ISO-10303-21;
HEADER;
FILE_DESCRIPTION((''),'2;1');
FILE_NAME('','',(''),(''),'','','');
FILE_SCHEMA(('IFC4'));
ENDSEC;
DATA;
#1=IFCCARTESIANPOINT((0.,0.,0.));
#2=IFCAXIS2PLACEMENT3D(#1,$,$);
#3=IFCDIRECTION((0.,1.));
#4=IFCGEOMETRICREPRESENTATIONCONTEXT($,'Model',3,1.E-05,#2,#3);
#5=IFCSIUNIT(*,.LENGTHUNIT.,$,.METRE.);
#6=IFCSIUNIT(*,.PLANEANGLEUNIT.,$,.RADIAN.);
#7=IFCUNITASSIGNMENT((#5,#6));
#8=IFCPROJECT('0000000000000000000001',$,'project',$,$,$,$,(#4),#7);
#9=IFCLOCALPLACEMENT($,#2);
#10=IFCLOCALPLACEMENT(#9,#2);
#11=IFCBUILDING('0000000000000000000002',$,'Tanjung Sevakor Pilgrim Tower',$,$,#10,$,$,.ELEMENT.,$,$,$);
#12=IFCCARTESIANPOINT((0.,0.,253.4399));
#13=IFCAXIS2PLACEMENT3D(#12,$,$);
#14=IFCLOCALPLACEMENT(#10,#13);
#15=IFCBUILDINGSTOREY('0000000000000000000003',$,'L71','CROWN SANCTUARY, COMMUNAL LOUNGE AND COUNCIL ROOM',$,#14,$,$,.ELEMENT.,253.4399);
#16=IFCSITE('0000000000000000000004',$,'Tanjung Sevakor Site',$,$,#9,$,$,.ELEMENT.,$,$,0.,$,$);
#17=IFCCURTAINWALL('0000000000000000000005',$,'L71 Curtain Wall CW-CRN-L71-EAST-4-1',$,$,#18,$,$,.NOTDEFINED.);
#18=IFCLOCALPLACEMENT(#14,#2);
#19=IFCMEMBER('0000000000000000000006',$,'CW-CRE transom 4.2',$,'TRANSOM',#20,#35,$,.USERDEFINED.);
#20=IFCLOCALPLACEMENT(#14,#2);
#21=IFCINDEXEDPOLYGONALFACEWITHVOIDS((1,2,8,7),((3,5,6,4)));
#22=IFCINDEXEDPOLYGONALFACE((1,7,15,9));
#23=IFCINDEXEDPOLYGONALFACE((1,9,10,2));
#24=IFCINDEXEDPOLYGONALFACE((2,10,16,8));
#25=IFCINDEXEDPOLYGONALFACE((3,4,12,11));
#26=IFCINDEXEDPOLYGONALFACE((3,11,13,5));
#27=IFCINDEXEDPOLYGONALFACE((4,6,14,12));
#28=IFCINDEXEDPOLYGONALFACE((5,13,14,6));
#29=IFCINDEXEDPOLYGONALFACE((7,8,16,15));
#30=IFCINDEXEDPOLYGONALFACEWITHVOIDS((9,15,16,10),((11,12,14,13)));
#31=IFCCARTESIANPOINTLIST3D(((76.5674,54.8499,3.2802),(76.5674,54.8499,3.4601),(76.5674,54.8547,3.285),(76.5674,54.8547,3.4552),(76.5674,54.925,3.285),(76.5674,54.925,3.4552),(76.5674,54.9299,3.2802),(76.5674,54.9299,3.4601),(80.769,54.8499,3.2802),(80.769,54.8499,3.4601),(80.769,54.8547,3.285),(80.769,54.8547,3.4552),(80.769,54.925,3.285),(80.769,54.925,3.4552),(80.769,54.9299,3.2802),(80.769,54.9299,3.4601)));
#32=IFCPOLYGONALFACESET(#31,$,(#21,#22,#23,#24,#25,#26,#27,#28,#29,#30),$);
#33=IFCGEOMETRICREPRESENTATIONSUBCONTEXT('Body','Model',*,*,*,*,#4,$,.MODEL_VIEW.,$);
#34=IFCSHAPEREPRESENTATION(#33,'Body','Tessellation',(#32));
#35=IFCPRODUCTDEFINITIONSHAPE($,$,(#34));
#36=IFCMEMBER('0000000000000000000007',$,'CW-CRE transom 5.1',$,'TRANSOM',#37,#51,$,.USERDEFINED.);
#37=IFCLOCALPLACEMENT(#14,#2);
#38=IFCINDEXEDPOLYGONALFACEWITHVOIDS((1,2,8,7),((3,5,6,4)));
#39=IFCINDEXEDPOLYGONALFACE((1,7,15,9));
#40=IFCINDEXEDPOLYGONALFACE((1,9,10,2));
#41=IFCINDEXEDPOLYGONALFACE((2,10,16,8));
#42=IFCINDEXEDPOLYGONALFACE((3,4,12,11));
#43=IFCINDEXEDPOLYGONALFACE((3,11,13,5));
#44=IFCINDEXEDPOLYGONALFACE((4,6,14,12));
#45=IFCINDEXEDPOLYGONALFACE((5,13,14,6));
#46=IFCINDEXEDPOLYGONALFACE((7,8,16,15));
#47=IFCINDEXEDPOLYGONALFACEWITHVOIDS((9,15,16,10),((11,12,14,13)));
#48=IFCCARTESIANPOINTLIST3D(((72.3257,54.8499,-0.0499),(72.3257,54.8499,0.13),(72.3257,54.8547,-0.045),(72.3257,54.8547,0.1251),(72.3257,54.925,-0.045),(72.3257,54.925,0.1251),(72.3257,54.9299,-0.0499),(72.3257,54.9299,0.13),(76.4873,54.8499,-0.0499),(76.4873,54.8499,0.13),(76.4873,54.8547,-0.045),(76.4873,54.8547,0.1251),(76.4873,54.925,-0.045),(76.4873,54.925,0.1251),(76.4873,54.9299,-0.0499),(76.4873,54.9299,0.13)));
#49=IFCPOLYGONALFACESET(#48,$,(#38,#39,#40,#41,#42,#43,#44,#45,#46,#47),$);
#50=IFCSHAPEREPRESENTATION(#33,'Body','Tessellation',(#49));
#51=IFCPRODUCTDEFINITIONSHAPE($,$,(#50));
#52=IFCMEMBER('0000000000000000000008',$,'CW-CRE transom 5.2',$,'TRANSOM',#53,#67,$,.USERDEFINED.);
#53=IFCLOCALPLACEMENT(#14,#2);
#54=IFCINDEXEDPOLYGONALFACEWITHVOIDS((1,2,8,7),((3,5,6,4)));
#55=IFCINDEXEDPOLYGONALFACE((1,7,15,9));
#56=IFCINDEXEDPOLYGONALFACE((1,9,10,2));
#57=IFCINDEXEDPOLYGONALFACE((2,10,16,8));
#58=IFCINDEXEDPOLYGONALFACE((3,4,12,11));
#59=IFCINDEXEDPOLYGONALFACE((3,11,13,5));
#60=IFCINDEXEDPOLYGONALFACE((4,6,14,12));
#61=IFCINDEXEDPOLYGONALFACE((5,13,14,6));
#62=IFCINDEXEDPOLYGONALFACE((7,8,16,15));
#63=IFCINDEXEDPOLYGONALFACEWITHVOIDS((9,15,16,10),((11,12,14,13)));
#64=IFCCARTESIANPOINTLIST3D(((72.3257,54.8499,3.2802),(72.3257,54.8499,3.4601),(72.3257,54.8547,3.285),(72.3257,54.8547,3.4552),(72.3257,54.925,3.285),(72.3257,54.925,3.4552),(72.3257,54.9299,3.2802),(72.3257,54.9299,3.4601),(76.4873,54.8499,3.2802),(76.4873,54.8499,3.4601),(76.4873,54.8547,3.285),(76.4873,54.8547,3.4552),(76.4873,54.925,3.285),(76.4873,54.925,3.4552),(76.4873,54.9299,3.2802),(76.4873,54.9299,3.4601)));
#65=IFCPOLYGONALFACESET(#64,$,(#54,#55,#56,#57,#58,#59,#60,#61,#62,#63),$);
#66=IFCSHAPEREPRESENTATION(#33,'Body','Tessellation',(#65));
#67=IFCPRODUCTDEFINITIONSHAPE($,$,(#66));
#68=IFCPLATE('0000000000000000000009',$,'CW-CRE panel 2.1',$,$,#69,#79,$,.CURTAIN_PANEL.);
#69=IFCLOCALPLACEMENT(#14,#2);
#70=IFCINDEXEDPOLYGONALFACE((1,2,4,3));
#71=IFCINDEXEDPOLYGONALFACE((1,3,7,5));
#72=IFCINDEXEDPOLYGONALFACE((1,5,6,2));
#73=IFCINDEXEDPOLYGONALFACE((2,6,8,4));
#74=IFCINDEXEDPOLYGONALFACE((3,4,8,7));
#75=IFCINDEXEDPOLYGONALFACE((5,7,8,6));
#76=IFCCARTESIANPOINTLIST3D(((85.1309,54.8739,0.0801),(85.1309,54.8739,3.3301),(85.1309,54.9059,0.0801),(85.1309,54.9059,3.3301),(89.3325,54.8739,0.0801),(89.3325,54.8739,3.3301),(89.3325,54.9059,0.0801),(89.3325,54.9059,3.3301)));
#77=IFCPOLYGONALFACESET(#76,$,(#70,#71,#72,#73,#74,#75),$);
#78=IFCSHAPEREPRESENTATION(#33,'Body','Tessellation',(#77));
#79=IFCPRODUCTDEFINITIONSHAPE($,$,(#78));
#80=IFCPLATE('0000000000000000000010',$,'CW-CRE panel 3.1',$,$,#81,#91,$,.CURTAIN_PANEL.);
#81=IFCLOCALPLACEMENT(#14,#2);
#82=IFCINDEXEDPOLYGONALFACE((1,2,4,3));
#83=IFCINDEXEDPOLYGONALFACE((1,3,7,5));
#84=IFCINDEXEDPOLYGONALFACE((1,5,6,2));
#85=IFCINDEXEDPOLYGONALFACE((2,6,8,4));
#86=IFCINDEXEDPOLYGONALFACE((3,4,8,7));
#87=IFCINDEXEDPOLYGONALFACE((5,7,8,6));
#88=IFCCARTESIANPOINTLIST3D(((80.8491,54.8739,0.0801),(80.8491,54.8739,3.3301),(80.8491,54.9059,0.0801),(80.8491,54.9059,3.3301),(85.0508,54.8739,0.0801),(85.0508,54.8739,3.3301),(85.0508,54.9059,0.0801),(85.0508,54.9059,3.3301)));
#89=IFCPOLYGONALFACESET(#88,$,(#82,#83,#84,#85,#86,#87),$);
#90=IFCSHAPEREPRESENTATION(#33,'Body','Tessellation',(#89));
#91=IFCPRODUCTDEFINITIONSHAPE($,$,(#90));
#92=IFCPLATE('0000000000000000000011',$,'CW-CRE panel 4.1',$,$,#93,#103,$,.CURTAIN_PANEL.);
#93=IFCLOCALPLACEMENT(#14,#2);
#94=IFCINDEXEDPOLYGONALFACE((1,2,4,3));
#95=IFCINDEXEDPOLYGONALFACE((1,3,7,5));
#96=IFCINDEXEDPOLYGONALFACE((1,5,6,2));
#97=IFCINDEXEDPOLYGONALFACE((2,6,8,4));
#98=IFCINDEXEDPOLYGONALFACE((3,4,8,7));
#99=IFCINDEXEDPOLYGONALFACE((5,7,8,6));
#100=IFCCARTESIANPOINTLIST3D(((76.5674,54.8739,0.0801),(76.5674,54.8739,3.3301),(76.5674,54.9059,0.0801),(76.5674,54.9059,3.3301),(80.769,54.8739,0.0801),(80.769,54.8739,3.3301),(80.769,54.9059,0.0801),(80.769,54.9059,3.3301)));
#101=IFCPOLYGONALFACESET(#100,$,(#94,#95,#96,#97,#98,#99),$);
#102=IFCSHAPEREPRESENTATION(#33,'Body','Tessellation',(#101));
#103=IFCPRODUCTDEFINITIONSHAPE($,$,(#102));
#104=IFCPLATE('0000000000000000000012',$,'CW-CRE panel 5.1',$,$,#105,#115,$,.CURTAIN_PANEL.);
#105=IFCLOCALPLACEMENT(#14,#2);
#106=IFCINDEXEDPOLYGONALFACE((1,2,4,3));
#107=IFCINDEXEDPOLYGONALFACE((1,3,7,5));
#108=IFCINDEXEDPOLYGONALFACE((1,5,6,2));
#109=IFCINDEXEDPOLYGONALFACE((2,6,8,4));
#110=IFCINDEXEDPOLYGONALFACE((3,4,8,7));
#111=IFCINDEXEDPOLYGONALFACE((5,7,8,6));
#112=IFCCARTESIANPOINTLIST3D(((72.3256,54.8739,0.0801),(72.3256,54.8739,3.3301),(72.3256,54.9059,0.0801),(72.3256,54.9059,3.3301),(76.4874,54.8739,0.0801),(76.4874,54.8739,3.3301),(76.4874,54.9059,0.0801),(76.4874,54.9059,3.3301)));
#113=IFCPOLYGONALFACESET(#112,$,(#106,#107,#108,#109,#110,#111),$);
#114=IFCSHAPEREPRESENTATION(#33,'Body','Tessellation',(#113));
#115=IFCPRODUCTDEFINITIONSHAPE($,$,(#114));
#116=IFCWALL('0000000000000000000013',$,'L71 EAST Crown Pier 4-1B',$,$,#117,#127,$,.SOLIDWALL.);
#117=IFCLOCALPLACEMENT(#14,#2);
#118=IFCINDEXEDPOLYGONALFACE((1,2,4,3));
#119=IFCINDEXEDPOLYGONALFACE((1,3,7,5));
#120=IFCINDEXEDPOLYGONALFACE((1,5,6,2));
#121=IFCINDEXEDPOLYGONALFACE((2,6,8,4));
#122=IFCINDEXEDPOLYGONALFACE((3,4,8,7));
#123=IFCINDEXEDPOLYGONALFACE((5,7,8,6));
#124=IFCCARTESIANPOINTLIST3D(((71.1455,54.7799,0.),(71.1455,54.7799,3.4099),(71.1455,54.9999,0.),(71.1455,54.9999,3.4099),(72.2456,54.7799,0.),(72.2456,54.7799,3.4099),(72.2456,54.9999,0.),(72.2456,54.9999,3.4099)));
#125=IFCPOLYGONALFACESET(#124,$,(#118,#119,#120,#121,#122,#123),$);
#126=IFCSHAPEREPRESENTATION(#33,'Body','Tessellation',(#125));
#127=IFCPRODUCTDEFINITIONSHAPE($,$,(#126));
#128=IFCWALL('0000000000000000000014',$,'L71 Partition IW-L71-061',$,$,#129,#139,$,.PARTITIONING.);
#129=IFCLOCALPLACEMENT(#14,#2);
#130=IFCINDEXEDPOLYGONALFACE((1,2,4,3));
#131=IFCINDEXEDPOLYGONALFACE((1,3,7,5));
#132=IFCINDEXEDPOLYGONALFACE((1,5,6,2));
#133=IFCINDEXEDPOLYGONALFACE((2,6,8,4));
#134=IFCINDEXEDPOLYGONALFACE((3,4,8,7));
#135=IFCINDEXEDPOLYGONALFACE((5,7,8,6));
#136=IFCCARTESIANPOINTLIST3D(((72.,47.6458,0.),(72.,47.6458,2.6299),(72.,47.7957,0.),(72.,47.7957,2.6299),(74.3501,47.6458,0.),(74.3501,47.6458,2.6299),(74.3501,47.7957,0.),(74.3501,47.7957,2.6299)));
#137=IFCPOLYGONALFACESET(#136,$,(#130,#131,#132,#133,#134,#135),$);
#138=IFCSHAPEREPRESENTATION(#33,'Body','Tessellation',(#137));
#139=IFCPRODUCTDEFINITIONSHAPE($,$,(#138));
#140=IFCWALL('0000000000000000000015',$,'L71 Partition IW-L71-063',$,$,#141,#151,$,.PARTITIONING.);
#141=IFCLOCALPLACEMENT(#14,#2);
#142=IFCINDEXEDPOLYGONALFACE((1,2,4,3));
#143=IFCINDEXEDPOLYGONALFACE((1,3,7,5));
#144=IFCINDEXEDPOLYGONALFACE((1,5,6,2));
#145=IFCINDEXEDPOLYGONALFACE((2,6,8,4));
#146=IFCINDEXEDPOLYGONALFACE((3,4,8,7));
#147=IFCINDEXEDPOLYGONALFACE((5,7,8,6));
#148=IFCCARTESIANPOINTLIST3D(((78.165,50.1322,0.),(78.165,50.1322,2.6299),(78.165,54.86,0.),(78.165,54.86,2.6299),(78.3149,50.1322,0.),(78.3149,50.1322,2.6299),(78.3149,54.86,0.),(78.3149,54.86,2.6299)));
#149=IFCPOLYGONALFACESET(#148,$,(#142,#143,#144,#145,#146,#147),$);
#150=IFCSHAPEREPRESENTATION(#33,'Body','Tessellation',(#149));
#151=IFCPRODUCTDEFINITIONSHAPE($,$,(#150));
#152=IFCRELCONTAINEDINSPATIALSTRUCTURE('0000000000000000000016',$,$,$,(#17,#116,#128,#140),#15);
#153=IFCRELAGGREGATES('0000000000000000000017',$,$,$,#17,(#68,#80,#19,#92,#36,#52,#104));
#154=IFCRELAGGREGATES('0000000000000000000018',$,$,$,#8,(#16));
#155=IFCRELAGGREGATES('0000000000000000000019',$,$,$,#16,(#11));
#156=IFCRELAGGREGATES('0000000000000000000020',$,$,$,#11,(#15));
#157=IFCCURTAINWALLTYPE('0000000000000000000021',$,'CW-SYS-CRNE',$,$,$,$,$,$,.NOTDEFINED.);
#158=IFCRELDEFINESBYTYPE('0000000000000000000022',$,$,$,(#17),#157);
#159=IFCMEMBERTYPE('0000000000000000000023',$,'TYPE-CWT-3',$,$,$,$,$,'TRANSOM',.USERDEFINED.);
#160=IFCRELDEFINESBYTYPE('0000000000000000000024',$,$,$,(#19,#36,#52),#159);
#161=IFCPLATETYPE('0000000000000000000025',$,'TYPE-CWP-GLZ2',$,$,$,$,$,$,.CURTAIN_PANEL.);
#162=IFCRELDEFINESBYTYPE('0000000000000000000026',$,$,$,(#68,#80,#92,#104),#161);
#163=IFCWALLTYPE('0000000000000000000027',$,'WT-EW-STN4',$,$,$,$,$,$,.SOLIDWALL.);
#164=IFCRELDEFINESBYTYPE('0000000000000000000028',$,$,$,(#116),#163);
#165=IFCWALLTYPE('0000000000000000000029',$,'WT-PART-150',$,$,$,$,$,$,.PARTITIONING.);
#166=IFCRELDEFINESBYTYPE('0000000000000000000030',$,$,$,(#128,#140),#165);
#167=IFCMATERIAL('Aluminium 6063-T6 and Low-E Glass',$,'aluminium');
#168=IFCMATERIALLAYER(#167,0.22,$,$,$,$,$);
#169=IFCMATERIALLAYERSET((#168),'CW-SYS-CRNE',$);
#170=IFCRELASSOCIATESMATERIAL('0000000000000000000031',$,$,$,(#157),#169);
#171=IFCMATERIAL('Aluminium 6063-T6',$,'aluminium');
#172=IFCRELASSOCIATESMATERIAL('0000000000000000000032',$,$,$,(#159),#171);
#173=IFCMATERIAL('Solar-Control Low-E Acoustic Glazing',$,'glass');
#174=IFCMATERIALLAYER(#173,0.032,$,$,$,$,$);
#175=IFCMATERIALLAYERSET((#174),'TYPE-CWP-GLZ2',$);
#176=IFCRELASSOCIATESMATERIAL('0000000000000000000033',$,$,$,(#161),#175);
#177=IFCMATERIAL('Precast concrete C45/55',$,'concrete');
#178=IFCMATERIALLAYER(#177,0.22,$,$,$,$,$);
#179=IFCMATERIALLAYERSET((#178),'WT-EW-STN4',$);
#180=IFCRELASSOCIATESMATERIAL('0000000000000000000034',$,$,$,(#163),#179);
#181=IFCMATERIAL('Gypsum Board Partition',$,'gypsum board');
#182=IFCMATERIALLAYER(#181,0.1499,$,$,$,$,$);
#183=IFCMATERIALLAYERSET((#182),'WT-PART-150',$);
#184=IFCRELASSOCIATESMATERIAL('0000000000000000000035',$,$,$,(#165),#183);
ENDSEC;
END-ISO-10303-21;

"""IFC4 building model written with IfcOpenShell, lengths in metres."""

from ifc_helpers import new_model, si_unit, direction, frame, frame_2d, origin, origin_2d, place, context, subcontext, project, spatial, rectangle, hollow_rectangle, extrude, material, layer, layer_set, material_profile, profile_set, type_object, element, aggregate, save


model = new_model("IFC4")

# Units and contexts
model_context = context("Model", 3, precision=1e-05, world=origin(), true_north=direction((0.0, 1.0)))
body_context = subcontext(model_context, "Body", "Model", "MODEL_VIEW")
ifc_project = project(units=[si_unit("LENGTHUNIT", "METRE"), si_unit("PLANEANGLEUNIT", "RADIAN")], contexts=[model_context])

# Site, building, storey
site_placement = place(None, origin())
site = spatial("IfcSite", under=ifc_project, at=site_placement, Name="Tanjung Sevakor Site", CompositionType="ELEMENT", RefElevation=0.0)
building_placement = place(site_placement, origin())
building = spatial("IfcBuilding", under=site, at=building_placement, Name="Tanjung Sevakor Pilgrim Tower", CompositionType="ELEMENT")
storey_placement = place(building_placement, frame((0.0, 0.0, 253.4399)))
storey = spatial("IfcBuildingStorey", under=building, at=storey_placement, Name="L71", Description="CROWN SANCTUARY, COMMUNAL LOUNGE AND COUNCIL ROOM", CompositionType="ELEMENT", Elevation=253.4399)

# Curtain wall, members, plates
ifc_material_1 = material(Name="Aluminium 6063-T6 and Low-E Glass", Category="aluminium")
ifc_layer_1 = layer(ifc_material_1, 0.22)
ifc_layer_set_1 = layer_set([ifc_layer_1], Name="CW-SYS-CRNE")
curtain_wall_type = type_object("IfcCurtainWallType", Name="CW-SYS-CRNE", PredefinedType="NOTDEFINED", material=ifc_layer_set_1)
curtain_wall_placement = place(storey_placement, origin())
curtain_wall = element("IfcCurtainWall", 1, at=curtain_wall_placement, inside=storey, type_object=curtain_wall_type, Name="L71 Curtain Wall CW-CRN-L71-EAST-4-1", PredefinedType="NOTDEFINED")
ifc_material_2 = material(Name="Aluminium 6063-T6", Category="aluminium")
ifc_material_profile_1 = material_profile(ifc_material_2, hollow_rectangle(XDim=0.0801, YDim=0.1799, WallThickness=0.0049, at=origin_2d()))
ifc_profile_set_1 = profile_set([ifc_material_profile_1], Name="Aluminium 6063-T6")
member_type_1 = type_object("IfcMemberType", Name="TYPE-CWT-3", ElementType="TRANSOM", PredefinedType="USERDEFINED", material=ifc_profile_set_1)
member_1_placement = place(storey_placement, frame((80.769, 54.8899, 3.3701), z_axis=(-1.0, 0.0, 0.0), x_axis=(0.0, -1.0, 0.0)))
member_1 = element("IfcMember", 2, at=member_1_placement, type_object=member_type_1, Name="CW-CRE transom 4.2", ObjectType="TRANSOM", PredefinedType="USERDEFINED", context=body_context, shape_type="SweptSolid", body=[
    extrude(hollow_rectangle(XDim=0.0801, YDim=0.1799, WallThickness=0.0049, at=origin_2d()), origin(), (0.0, 0.0, 1.0), 4.2017),
])
member_2_placement = place(storey_placement, frame((76.4873, 54.8899, 0.04), z_axis=(-1.0, 0.0, 0.0), x_axis=(0.0, -1.0, 0.0)))
member_2 = element("IfcMember", 3, at=member_2_placement, type_object=member_type_1, Name="CW-CRE transom 5.1", ObjectType="TRANSOM", PredefinedType="USERDEFINED", context=body_context, shape_type="SweptSolid", body=[
    extrude(hollow_rectangle(XDim=0.0801, YDim=0.1799, WallThickness=0.0049, at=origin_2d()), origin(), (0.0, 0.0, 1.0), 4.1616),
])
member_3_placement = place(storey_placement, frame((76.4873, 54.8899, 3.3701), z_axis=(-1.0, 0.0, 0.0), x_axis=(0.0, -1.0, 0.0)))
member_3 = element("IfcMember", 4, at=member_3_placement, type_object=member_type_1, Name="CW-CRE transom 5.2", ObjectType="TRANSOM", PredefinedType="USERDEFINED", context=body_context, shape_type="SweptSolid", body=[
    extrude(hollow_rectangle(XDim=0.0801, YDim=0.1799, WallThickness=0.0049, at=origin_2d()), origin(), (0.0, 0.0, 1.0), 4.1616),
])
ifc_material_3 = material(Name="Solar-Control Low-E Acoustic Glazing", Category="glass")
ifc_layer_2 = layer(ifc_material_3, 0.032)
ifc_layer_set_2 = layer_set([ifc_layer_2], Name="TYPE-CWP-GLZ2")
plate_type = type_object("IfcPlateType", Name="TYPE-CWP-GLZ2", PredefinedType="CURTAIN_PANEL", material=ifc_layer_set_2)
plate_1_placement = place(storey_placement, frame((87.2317, 54.8899, 0.0801), z_axis=(0.0, 0.0, 1.0), x_axis=(-1.0, 0.0, 0.0)))
plate_1 = element("IfcPlate", 5, at=plate_1_placement, type_object=plate_type, Name="CW-CRE panel 2.1", PredefinedType="CURTAIN_PANEL", context=body_context, shape_type="SweptSolid", body=[
    extrude(rectangle(XDim=4.2017, YDim=0.032, at=origin_2d()), origin(), (0.0, 0.0, 1.0), 3.25),
])
plate_2_placement = place(storey_placement, frame((82.95, 54.8899, 0.0801), z_axis=(0.0, 0.0, 1.0), x_axis=(-1.0, 0.0, 0.0)))
plate_2 = element("IfcPlate", 6, at=plate_2_placement, type_object=plate_type, Name="CW-CRE panel 3.1", PredefinedType="CURTAIN_PANEL", context=body_context, shape_type="SweptSolid", body=[
    extrude(rectangle(XDim=4.2017, YDim=0.032, at=origin_2d()), origin(), (0.0, 0.0, 1.0), 3.25),
])
plate_3_placement = place(storey_placement, frame((78.6682, 54.8899, 0.0801), z_axis=(0.0, 0.0, 1.0), x_axis=(-1.0, 0.0, 0.0)))
plate_3 = element("IfcPlate", 7, at=plate_3_placement, type_object=plate_type, Name="CW-CRE panel 4.1", PredefinedType="CURTAIN_PANEL", context=body_context, shape_type="SweptSolid", body=[
    extrude(rectangle(XDim=4.2017, YDim=0.032, at=origin_2d()), origin(), (0.0, 0.0, 1.0), 3.25),
])
plate_4_placement = place(storey_placement, frame((74.4065, 54.8899, 0.0801), z_axis=(0.0, 0.0, 1.0), x_axis=(-1.0, 0.0, 0.0)))
plate_4 = element("IfcPlate", 8, at=plate_4_placement, type_object=plate_type, Name="CW-CRE panel 5.1", PredefinedType="CURTAIN_PANEL", context=body_context, shape_type="SweptSolid", body=[
    extrude(rectangle(XDim=4.1619, YDim=0.032, at=origin_2d()), origin(), (0.0, 0.0, 1.0), 3.25),
])
aggregate(curtain_wall, [plate_1, plate_2, member_1, plate_3, member_2, member_3, plate_4])

# Walls
ifc_material_4 = material(Name="Precast concrete C45/55", Category="concrete")
ifc_layer_3 = layer(ifc_material_4, 0.22)
ifc_layer_set_3 = layer_set([ifc_layer_3], Name="WT-EW-STN4")
wall_type_1 = type_object("IfcWallType", Name="WT-EW-STN4", PredefinedType="SOLIDWALL", material=ifc_layer_set_3)
wall_1_placement = place(storey_placement, frame((72.2456, 54.8899, 0.0), z_axis=(0.0, 0.0, 1.0), x_axis=(-1.0, 0.0, 0.0)))
element("IfcWall", 9, at=wall_1_placement, inside=storey, type_object=wall_type_1, Name="L71 EAST Crown Pier 4-1B", PredefinedType="SOLIDWALL", context=body_context, shape_type="SweptSolid", body=[
    extrude(rectangle(XDim=1.1001, YDim=0.22, at=frame_2d((0.55, 0.0))), origin(), (0.0, 0.0, 1.0), 3.4099),
])
ifc_material_5 = material(Name="Gypsum Board Partition", Category="gypsum board")
ifc_layer_4 = layer(ifc_material_5, 0.1499)
ifc_layer_set_4 = layer_set([ifc_layer_4], Name="WT-PART-150")
wall_type_2 = type_object("IfcWallType", Name="WT-PART-150", PredefinedType="PARTITIONING", material=ifc_layer_set_4)
wall_2_placement = place(storey_placement, frame((72.0, 47.7207, 0.0), z_axis=(0.0, 0.0, 1.0), x_axis=(1.0, 0.0, 0.0)))
element("IfcWall", 10, at=wall_2_placement, inside=storey, type_object=wall_type_2, Name="L71 Partition IW-L71-061", PredefinedType="PARTITIONING", context=body_context, shape_type="SweptSolid", body=[
    extrude(rectangle(XDim=2.3501, YDim=0.1499, at=frame_2d((1.175, 0.0))), origin(), (0.0, 0.0, 1.0), 2.6299),
])
wall_3_placement = place(storey_placement, frame((78.24, 50.1323, 0.0), z_axis=(0.0, 0.0, 1.0), x_axis=(0.0, 1.0, 0.0)))
element("IfcWall", 11, at=wall_3_placement, inside=storey, type_object=wall_type_2, Name="L71 Partition IW-L71-063", PredefinedType="PARTITIONING", context=body_context, shape_type="SweptSolid", body=[
    extrude(rectangle(XDim=4.7278, YDim=0.1499, at=frame_2d((2.3638, 0.0))), origin(), (0.0, 0.0, 1.0), 2.6299),
])

save(model, "model.ifc")
